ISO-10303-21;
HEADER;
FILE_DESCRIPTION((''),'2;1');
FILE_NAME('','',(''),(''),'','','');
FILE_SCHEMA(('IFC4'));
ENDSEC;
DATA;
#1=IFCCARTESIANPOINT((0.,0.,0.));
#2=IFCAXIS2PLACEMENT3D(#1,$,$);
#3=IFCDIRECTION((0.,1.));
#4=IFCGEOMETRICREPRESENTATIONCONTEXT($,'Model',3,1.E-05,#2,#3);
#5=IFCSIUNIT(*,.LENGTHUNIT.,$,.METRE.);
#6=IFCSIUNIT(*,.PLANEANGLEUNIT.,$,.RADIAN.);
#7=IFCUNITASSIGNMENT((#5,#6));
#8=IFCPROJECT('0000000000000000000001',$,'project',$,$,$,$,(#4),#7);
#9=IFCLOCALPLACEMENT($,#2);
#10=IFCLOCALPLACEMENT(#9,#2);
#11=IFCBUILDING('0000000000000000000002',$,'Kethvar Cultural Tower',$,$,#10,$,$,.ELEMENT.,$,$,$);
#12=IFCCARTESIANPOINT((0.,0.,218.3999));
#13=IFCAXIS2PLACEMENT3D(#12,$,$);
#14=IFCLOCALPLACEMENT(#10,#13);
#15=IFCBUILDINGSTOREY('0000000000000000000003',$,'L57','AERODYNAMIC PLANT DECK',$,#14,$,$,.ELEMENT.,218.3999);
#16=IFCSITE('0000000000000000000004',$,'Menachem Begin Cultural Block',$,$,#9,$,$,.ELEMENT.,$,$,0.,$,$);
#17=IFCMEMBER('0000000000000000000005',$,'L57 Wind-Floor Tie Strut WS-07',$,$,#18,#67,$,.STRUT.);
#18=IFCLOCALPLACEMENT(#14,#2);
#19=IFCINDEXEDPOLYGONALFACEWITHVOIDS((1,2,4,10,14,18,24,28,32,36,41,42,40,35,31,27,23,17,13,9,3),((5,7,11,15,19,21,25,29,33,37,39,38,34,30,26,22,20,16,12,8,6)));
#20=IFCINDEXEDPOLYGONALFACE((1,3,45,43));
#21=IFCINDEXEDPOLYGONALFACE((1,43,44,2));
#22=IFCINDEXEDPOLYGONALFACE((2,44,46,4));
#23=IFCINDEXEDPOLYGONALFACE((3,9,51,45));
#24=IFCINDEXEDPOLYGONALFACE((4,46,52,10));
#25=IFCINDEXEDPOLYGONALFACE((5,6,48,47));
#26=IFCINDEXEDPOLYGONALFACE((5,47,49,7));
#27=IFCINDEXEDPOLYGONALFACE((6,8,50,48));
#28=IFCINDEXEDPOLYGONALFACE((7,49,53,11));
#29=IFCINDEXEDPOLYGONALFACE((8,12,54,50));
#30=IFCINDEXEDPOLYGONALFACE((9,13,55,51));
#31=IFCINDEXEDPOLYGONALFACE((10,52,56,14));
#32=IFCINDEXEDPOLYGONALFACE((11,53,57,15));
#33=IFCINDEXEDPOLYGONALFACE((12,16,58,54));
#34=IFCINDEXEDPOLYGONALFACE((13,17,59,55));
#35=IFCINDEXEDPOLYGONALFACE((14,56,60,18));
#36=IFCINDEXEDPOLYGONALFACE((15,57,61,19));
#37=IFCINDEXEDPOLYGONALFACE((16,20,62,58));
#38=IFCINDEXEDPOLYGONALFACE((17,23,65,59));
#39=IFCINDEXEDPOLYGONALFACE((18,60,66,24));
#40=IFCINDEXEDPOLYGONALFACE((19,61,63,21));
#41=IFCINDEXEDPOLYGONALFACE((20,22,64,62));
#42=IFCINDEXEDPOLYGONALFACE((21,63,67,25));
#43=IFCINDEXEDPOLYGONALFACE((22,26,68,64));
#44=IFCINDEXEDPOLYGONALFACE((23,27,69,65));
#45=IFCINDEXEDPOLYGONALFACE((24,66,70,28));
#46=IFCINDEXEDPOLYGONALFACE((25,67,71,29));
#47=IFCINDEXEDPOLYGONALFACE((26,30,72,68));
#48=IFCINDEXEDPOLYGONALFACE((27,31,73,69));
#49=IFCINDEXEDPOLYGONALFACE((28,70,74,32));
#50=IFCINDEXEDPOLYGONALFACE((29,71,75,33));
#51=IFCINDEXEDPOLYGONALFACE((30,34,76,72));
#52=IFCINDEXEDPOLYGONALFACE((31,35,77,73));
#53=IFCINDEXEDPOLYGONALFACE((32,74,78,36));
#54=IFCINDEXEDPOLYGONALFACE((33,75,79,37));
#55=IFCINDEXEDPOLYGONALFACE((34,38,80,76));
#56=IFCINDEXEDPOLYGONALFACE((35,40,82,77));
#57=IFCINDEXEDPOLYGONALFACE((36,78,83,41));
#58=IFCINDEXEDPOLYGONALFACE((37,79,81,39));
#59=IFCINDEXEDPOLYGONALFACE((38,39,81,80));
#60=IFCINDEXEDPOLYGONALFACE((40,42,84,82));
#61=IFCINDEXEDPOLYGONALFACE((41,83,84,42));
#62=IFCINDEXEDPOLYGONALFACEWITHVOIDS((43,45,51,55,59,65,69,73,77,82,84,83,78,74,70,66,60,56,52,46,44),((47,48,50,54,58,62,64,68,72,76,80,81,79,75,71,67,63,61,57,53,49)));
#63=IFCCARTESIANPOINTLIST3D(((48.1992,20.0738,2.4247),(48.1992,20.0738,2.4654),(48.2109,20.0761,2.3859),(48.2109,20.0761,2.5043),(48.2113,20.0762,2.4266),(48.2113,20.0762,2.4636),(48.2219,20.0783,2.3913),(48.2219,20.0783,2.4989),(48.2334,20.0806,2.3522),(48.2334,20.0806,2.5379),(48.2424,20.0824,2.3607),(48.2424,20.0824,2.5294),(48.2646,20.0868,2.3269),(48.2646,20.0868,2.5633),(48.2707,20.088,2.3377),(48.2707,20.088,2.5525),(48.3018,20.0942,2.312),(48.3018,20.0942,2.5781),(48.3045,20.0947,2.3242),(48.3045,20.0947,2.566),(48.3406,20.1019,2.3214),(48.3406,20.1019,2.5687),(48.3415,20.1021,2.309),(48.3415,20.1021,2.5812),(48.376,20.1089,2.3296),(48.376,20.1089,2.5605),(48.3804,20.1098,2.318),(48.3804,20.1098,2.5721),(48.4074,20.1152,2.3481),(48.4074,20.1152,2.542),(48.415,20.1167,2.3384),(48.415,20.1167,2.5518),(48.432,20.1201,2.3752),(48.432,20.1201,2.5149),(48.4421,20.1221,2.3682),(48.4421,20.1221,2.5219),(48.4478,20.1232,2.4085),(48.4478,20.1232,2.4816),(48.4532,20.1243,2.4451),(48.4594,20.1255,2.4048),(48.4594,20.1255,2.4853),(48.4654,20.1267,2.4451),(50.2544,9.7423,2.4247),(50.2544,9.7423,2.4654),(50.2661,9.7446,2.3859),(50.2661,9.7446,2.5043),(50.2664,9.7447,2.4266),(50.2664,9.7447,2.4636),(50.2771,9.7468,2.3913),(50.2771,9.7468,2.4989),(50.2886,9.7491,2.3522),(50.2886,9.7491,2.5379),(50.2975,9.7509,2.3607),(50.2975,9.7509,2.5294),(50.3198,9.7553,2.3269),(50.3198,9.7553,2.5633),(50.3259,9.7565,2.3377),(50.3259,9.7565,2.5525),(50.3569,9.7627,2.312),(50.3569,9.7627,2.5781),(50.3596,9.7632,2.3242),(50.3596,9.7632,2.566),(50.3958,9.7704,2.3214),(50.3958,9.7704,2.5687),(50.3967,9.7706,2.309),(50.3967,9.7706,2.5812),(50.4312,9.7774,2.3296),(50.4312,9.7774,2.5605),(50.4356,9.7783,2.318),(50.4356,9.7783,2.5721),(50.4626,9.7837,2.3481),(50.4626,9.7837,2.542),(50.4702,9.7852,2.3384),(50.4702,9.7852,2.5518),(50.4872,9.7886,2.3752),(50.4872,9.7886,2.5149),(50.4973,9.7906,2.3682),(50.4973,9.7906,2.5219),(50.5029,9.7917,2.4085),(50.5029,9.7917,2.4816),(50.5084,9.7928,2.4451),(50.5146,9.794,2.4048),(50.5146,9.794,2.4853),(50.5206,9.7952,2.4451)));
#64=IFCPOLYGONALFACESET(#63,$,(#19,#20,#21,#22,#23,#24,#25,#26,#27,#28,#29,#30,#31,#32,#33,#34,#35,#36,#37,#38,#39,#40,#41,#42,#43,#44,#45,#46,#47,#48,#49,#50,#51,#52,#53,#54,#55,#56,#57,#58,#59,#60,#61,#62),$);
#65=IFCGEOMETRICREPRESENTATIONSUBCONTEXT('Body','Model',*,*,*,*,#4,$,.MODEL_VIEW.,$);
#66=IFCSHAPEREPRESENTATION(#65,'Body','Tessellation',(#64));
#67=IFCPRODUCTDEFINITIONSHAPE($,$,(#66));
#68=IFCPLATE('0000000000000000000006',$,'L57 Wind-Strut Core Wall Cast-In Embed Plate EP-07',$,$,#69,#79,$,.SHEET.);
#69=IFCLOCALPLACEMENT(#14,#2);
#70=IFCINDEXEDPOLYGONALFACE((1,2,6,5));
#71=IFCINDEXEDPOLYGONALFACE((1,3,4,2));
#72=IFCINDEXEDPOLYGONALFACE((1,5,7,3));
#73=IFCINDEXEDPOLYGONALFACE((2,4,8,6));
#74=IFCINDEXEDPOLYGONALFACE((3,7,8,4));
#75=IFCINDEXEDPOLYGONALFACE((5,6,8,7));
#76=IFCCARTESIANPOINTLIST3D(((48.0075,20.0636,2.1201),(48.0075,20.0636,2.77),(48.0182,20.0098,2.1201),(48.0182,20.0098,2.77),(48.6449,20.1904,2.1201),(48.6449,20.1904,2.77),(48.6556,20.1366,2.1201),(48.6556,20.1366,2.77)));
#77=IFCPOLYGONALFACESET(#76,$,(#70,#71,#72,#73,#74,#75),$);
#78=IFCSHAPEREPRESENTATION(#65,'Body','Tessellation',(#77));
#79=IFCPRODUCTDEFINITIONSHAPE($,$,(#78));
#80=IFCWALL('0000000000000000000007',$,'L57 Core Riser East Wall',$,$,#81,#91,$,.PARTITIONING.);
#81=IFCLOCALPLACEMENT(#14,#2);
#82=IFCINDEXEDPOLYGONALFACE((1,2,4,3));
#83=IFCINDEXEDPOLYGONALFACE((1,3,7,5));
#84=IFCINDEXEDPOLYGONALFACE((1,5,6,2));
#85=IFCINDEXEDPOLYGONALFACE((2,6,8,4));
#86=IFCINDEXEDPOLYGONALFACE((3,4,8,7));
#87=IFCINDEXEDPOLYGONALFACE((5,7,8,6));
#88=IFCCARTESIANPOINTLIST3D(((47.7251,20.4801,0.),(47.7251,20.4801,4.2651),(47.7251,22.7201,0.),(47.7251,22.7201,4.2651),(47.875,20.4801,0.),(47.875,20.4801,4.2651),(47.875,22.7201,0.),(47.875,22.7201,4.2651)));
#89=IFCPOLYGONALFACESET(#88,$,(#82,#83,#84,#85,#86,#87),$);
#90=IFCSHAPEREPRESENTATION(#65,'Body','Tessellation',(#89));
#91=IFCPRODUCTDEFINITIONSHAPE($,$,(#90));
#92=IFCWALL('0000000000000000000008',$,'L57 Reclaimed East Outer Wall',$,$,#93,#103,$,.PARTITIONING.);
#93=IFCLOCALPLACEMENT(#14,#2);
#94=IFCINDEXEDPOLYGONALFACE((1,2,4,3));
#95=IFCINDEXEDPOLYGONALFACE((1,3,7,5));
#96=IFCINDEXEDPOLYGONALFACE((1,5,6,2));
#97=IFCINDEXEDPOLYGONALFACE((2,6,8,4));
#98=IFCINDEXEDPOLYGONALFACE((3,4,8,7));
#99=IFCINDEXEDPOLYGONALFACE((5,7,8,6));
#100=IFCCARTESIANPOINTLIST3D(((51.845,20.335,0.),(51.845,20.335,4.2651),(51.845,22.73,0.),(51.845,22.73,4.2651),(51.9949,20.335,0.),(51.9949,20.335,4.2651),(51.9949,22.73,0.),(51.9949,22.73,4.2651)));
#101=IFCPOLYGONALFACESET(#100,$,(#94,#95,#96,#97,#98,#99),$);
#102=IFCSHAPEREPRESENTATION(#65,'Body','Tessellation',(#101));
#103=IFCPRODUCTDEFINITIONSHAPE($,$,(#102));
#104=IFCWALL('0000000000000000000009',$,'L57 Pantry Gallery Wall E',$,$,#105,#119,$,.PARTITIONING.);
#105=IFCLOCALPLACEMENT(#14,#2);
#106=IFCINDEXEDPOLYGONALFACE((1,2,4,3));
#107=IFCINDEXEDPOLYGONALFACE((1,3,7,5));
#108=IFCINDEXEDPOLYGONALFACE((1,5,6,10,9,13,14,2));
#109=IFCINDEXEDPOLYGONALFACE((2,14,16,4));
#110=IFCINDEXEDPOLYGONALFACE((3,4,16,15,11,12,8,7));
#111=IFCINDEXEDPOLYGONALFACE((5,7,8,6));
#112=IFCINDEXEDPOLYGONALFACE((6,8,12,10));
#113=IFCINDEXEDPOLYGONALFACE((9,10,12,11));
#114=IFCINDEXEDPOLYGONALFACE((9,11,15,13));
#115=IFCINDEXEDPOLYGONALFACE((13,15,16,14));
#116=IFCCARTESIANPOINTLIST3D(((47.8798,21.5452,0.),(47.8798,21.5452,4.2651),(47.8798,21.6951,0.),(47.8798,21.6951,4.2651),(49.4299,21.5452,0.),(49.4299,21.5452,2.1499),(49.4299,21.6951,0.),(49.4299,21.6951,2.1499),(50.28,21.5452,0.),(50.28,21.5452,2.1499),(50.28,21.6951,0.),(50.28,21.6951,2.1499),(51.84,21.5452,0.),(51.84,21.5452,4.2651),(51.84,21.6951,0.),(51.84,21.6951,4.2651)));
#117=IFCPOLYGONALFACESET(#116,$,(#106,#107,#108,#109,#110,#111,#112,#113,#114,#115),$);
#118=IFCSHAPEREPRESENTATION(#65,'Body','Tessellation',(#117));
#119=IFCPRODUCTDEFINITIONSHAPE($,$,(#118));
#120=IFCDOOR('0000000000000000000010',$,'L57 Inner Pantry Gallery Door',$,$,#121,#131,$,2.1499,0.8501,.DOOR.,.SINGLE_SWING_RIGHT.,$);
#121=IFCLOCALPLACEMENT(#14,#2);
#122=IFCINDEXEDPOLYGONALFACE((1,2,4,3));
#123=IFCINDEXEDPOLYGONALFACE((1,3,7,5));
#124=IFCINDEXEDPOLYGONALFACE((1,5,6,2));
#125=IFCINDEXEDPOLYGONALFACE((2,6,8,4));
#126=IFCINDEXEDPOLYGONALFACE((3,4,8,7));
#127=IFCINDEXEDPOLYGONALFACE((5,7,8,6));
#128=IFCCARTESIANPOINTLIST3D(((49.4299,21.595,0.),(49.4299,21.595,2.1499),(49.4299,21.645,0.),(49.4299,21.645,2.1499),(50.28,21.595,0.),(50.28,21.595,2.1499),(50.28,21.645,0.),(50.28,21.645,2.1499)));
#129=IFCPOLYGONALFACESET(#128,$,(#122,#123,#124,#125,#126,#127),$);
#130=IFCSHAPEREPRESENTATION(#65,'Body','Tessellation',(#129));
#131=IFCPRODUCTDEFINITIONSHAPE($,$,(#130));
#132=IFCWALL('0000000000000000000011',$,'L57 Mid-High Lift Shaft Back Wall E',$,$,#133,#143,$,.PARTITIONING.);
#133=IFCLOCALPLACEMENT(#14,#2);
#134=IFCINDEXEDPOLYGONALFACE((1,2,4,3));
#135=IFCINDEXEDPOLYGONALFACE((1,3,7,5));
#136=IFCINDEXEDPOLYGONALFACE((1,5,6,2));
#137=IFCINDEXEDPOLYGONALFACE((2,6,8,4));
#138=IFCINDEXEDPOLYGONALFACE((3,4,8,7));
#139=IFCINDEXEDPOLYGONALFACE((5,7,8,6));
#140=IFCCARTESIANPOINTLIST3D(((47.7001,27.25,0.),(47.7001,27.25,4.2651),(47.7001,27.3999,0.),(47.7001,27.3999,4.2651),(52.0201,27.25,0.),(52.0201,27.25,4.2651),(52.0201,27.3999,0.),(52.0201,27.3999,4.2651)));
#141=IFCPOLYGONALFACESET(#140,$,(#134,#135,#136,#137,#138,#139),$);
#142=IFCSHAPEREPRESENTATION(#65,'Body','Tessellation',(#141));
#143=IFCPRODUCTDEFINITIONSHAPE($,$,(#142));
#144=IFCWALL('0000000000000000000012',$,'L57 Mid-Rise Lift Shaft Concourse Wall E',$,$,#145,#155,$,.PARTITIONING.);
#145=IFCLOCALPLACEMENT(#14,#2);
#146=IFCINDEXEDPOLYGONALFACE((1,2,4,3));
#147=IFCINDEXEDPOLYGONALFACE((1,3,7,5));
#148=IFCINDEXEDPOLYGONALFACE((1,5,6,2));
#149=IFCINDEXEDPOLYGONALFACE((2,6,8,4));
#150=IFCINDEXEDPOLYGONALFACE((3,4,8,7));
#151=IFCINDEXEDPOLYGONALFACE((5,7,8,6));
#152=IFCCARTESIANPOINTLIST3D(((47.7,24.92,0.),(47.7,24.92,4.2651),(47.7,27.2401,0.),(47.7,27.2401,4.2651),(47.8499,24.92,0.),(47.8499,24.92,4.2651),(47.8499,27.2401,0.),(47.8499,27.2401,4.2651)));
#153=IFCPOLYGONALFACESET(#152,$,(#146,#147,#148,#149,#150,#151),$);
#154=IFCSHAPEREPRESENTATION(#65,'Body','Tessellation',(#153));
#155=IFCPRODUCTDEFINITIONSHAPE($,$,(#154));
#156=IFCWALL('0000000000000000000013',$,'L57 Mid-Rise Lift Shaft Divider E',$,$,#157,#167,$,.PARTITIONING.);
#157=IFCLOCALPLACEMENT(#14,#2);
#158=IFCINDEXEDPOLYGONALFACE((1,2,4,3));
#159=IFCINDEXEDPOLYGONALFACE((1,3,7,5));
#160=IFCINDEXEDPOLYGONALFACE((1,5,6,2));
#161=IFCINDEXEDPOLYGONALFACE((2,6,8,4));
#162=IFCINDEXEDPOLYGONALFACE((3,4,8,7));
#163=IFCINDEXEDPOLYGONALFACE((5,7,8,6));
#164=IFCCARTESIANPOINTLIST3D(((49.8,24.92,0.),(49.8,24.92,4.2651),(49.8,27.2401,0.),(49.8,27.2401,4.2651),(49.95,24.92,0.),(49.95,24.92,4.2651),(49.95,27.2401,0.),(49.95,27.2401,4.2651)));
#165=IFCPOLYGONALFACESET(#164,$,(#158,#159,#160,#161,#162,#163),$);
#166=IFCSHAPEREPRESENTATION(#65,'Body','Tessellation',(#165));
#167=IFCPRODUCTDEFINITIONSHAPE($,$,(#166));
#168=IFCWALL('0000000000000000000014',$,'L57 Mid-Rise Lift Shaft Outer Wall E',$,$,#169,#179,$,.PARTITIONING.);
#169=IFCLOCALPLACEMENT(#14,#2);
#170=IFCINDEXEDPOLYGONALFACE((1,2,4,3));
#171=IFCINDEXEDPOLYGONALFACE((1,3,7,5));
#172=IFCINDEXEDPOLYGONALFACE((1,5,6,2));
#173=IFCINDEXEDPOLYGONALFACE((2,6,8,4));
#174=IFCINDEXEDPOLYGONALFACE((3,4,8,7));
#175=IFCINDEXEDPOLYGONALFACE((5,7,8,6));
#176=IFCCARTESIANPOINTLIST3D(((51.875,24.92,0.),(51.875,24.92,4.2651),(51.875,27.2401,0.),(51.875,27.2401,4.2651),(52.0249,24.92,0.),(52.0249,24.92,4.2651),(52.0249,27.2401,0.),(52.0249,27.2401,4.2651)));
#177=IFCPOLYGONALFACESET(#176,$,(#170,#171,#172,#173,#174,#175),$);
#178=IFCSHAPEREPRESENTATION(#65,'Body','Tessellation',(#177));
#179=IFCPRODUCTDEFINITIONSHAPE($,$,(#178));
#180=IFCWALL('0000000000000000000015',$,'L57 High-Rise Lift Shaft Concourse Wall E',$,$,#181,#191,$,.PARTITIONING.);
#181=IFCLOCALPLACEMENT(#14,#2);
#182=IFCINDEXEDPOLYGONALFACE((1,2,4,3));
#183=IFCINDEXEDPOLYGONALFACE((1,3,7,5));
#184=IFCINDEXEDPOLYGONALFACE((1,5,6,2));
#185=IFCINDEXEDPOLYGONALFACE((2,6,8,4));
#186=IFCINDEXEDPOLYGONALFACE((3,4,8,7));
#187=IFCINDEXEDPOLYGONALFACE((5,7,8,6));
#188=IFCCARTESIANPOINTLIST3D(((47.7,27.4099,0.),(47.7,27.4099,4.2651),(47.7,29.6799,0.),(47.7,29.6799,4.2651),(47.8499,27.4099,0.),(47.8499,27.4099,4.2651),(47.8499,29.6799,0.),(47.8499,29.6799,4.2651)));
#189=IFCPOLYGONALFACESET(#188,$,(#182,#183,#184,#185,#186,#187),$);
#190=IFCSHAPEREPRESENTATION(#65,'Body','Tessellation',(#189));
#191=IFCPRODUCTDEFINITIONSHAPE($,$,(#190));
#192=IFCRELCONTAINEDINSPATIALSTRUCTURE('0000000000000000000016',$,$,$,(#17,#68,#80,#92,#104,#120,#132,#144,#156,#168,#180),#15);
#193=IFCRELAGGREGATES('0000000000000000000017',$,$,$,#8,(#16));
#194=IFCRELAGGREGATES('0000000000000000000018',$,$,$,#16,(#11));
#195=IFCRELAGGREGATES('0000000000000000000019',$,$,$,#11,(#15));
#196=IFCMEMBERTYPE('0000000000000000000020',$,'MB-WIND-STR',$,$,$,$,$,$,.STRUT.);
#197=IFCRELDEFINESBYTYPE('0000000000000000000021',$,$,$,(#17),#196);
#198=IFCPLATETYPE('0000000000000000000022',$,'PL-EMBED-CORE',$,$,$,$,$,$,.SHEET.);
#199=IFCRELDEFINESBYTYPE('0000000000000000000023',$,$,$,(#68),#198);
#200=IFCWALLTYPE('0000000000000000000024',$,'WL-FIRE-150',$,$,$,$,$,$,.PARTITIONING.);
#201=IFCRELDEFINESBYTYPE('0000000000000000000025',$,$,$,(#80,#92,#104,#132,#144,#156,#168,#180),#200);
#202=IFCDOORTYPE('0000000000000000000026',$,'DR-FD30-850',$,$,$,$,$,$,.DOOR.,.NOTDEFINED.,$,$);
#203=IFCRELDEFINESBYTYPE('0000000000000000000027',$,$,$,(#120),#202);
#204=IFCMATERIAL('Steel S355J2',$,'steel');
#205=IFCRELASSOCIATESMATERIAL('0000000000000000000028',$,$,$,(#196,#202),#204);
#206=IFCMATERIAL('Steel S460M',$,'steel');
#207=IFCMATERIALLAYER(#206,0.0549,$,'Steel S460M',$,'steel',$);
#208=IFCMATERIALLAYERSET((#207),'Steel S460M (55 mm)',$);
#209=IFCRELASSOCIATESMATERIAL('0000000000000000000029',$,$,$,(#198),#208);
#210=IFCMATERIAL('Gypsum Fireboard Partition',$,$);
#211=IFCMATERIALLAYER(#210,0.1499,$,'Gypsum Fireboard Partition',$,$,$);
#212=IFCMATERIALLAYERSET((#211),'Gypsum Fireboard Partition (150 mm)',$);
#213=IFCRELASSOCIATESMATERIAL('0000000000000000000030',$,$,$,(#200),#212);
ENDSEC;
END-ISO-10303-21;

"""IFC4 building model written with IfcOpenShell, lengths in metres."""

from ifc_helpers import new_model, si_unit, direction, frame, frame_2d, origin, origin_2d, place, context, subcontext, project, spatial, rectangle, hollow_circle, extrude, source, transform, mapped, material, layer, layer_set, material_profile, profile_set, type_object, element, fill, save


model = new_model("IFC4")

# Units and contexts
model_context = context("Model", 3, precision=1e-05, world=origin(), true_north=direction((0.0, 1.0)))
body_context = subcontext(model_context, "Body", "Model", "MODEL_VIEW")
ifc_project = project(units=[si_unit("LENGTHUNIT", "METRE"), si_unit("PLANEANGLEUNIT", "RADIAN")], contexts=[model_context])

# Site, building, storey
site_placement = place(None, origin())
site = spatial("IfcSite", under=ifc_project, at=site_placement, Name="Menachem Begin Cultural Block", CompositionType="ELEMENT", RefElevation=0.0)
building_placement = place(site_placement, origin())
building = spatial("IfcBuilding", under=site, at=building_placement, Name="Kethvar Cultural Tower", CompositionType="ELEMENT")
storey_placement = place(building_placement, frame((0.0, 0.0, 218.3999)))
storey = spatial("IfcBuildingStorey", under=building, at=storey_placement, Name="L57", Description="AERODYNAMIC PLANT DECK", CompositionType="ELEMENT", Elevation=218.3999)

# Shared definitions
ifc_material_1 = material(Name="Steel S460M", Category="steel")

# Shared definitions
ifc_material_2 = material(Name="Steel S355J2", Category="steel")

# Member
ifc_material_profile_1 = material_profile(ifc_material_2, hollow_circle(Radius=0.1365, WallThickness=0.0125, at=origin_2d()), Name="Steel S355J2 — CHS273x12.5")
ifc_profile_set_1 = profile_set([ifc_material_profile_1], Name="Steel S355J2 — CHS273x12.5")
member_type = type_object("IfcMemberType", Name="MB-WIND-STR", PredefinedType="STRUT", material=ifc_profile_set_1)
shared_shape_1 = source(origin(), body_context, "Body", "SweptSolid", [
    extrude(hollow_circle(Radius=0.1365, WallThickness=0.0125, at=origin_2d()), origin(), (0.0, 0.0, 1.0), 10.5339),
])
member_placement = place(storey_placement, frame((48.3315, 20.1001, 2.4451), z_axis=(0.1951, -0.980783, 0.0), x_axis=(0.980783, 0.1951, 0.0)))
element("IfcMember", 1, at=member_placement, inside=storey, type_object=member_type, Name="L57 Wind-Floor Tie Strut WS-07", PredefinedType="STRUT", context=body_context, shape_type="MappedRepresentation", body=[
    mapped(shared_shape_1, transform((0.0, 0.0, 0.0), scale=1.0)),
])

# Plate
ifc_layer_1 = layer(ifc_material_1, 0.0549, Name="Steel S460M", Category="steel")
ifc_layer_set_1 = layer_set([ifc_layer_1], Name="Steel S460M (55 mm)")
plate_type = type_object("IfcPlateType", Name="PL-EMBED-CORE", PredefinedType="SHEET", material=ifc_layer_set_1)
shared_shape_2 = source(origin(), body_context, "Body", "SweptSolid", [
    extrude(rectangle(XDim=0.0549, YDim=0.6499, at=origin_2d()), origin(), (0.0, 0.0, 1.0), 0.6499),
])
plate_placement = place(storey_placement, frame((48.3315, 20.1001, 2.1201), z_axis=(0.0, 0.0, 1.0), x_axis=(0.19509, -0.980785, 0.0)))
element("IfcPlate", 2, at=plate_placement, inside=storey, type_object=plate_type, Name="L57 Wind-Strut Core Wall Cast-In Embed Plate EP-07", PredefinedType="SHEET", context=body_context, shape_type="MappedRepresentation", body=[
    mapped(shared_shape_2, transform((0.0, 0.0, 0.0), scale=1.0)),
])

# Walls
ifc_material_3 = material(Name="Gypsum Fireboard Partition")
ifc_layer_2 = layer(ifc_material_3, 0.1499, Name="Gypsum Fireboard Partition")
ifc_layer_set_2 = layer_set([ifc_layer_2], Name="Gypsum Fireboard Partition (150 mm)")
wall_type_1 = type_object("IfcWallType", Name="WL-FIRE-150", PredefinedType="PARTITIONING", material=ifc_layer_set_2)
wall_1_placement = place(storey_placement, frame((47.8, 20.48, 0.0), z_axis=(0.0, 0.0, 1.0), x_axis=(0.0, 1.0, 0.0)))
element("IfcWall", 3, at=wall_1_placement, inside=storey, type_object=wall_type_1, Name="L57 Core Riser East Wall", PredefinedType="PARTITIONING", context=body_context, shape_type="SweptSolid", body=[
    extrude(rectangle(XDim=2.24, YDim=0.1499, at=frame_2d((1.1201, 0.0))), origin(), (0.0, 0.0, 1.0), 4.2651),
])
wall_2_placement = place(storey_placement, frame((51.9199, 20.335, 0.0), z_axis=(0.0, 0.0, 1.0), x_axis=(0.0, 1.0, 0.0)))
element("IfcWall", 4, at=wall_2_placement, inside=storey, type_object=wall_type_1, Name="L57 Reclaimed East Outer Wall", PredefinedType="PARTITIONING", context=body_context, shape_type="SweptSolid", body=[
    extrude(rectangle(XDim=2.395, YDim=0.1499, at=frame_2d((1.1975, 0.0))), origin(), (0.0, 0.0, 1.0), 4.2651),
])

# Wall, opening, door
wall_3_placement = place(storey_placement, frame((47.8799, 21.6201, 0.0), z_axis=(0.0, 0.0, 1.0), x_axis=(1.0, 0.0, 0.0)))
wall_3 = element("IfcWall", 5, at=wall_3_placement, inside=storey, type_object=wall_type_1, Name="L57 Pantry Gallery Wall E", PredefinedType="PARTITIONING", context=body_context, shape_type="SweptSolid", body=[
    extrude(rectangle(XDim=3.9602, YDim=0.1499, at=frame_2d((1.98, 0.0))), origin(), (0.0, 0.0, 1.0), 4.2651),
])
opening_placement = place(wall_3_placement, frame((1.55, 0.0, 0.0)))
opening = element("IfcOpeningElement", 6, at=opening_placement, cuts=wall_3, PredefinedType="OPENING", context=body_context, shape_type="SweptSolid", body=[
    extrude(rectangle(XDim=0.8501, YDim=2.1499, at=frame_2d((0.425, 1.075))), frame((0.0, 0.085, 0.0), z_axis=(0.0, -1.0, 0.0), x_axis=(1.0, 0.0, 0.0)), (0.0, 0.0, 1.0), 0.1699),
])
door_type = type_object("IfcDoorType", Name="DR-FD30-850", OperationType="NOTDEFINED", PredefinedType="DOOR", material=ifc_material_2)
shared_shape_3 = source(origin(), body_context, "Body", "SweptSolid", [
    extrude(rectangle(XDim=0.8501, YDim=2.1499, at=frame_2d((0.425, 1.075))), frame((0.0, 0.0249, 0.0), z_axis=(0.0, -1.0, 0.0), x_axis=(1.0, 0.0, 0.0)), (0.0, 0.0, 1.0), 0.05),
])
door_placement = place(opening_placement, origin())
door = element("IfcDoor", 7, at=door_placement, inside=storey, type_object=door_type, Name="L57 Inner Pantry Gallery Door", OperationType="SINGLE_SWING_RIGHT", OverallHeight=2.1499, OverallWidth=0.8501, PredefinedType="DOOR", context=body_context, shape_type="MappedRepresentation", body=[
    mapped(shared_shape_3, transform((0.0, 0.0, 0.0), scale=1.0)),
])
fill(opening, door)

# Walls
wall_4_placement = place(storey_placement, frame((47.7, 27.325, 0.0), z_axis=(0.0, 0.0, 1.0), x_axis=(1.0, 0.0, 0.0)))
element("IfcWall", 8, at=wall_4_placement, inside=storey, type_object=wall_type_1, Name="L57 Mid-High Lift Shaft Back Wall E", PredefinedType="PARTITIONING", context=body_context, shape_type="SweptSolid", body=[
    extrude(rectangle(XDim=4.3201, YDim=0.1499, at=frame_2d((2.1602, 0.0))), origin(), (0.0, 0.0, 1.0), 4.2651),
])
for number, where, z_axis, x_axis, name in (
    (9, (47.7749, 24.9199, 0.0), (0.0, 0.0, 1.0), (0.0, 1.0, 0.0), "L57 Mid-Rise Lift Shaft Concourse Wall E"),
    (10, (49.875, 24.9199, 0.0), (0.0, 0.0, 1.0), (0.0, 1.0, 0.0), "L57 Mid-Rise Lift Shaft Divider E"),
    (11, (51.95, 24.9199, 0.0), (0.0, 0.0, 1.0), (0.0, 1.0, 0.0), "L57 Mid-Rise Lift Shaft Outer Wall E"),
):
    element("IfcWall", number, at=place(storey_placement, frame(where, z_axis=z_axis, x_axis=x_axis)), inside=storey, type_object=wall_type_1, Name=name, PredefinedType="PARTITIONING", context=body_context, shape_type="SweptSolid", body=[
        extrude(rectangle(XDim=2.3201, YDim=0.1499, at=frame_2d((1.1602, 0.0))), origin(), (0.0, 0.0, 1.0), 4.2651),
    ])
for number, where, z_axis, x_axis, name in (
    (12, (47.7749, 27.4099, 0.0), (0.0, 0.0, 1.0), (0.0, 1.0, 0.0), "L57 High-Rise Lift Shaft Concourse Wall E"),
):
    element("IfcWall", number, at=place(storey_placement, frame(where, z_axis=z_axis, x_axis=x_axis)), inside=storey, type_object=wall_type_1, Name=name, PredefinedType="PARTITIONING", context=body_context, shape_type="SweptSolid", body=[
        extrude(rectangle(XDim=2.27, YDim=0.1499, at=frame_2d((1.135, 0.0))), origin(), (0.0, 0.0, 1.0), 4.2651),
    ])

save(model, "model.ifc")
